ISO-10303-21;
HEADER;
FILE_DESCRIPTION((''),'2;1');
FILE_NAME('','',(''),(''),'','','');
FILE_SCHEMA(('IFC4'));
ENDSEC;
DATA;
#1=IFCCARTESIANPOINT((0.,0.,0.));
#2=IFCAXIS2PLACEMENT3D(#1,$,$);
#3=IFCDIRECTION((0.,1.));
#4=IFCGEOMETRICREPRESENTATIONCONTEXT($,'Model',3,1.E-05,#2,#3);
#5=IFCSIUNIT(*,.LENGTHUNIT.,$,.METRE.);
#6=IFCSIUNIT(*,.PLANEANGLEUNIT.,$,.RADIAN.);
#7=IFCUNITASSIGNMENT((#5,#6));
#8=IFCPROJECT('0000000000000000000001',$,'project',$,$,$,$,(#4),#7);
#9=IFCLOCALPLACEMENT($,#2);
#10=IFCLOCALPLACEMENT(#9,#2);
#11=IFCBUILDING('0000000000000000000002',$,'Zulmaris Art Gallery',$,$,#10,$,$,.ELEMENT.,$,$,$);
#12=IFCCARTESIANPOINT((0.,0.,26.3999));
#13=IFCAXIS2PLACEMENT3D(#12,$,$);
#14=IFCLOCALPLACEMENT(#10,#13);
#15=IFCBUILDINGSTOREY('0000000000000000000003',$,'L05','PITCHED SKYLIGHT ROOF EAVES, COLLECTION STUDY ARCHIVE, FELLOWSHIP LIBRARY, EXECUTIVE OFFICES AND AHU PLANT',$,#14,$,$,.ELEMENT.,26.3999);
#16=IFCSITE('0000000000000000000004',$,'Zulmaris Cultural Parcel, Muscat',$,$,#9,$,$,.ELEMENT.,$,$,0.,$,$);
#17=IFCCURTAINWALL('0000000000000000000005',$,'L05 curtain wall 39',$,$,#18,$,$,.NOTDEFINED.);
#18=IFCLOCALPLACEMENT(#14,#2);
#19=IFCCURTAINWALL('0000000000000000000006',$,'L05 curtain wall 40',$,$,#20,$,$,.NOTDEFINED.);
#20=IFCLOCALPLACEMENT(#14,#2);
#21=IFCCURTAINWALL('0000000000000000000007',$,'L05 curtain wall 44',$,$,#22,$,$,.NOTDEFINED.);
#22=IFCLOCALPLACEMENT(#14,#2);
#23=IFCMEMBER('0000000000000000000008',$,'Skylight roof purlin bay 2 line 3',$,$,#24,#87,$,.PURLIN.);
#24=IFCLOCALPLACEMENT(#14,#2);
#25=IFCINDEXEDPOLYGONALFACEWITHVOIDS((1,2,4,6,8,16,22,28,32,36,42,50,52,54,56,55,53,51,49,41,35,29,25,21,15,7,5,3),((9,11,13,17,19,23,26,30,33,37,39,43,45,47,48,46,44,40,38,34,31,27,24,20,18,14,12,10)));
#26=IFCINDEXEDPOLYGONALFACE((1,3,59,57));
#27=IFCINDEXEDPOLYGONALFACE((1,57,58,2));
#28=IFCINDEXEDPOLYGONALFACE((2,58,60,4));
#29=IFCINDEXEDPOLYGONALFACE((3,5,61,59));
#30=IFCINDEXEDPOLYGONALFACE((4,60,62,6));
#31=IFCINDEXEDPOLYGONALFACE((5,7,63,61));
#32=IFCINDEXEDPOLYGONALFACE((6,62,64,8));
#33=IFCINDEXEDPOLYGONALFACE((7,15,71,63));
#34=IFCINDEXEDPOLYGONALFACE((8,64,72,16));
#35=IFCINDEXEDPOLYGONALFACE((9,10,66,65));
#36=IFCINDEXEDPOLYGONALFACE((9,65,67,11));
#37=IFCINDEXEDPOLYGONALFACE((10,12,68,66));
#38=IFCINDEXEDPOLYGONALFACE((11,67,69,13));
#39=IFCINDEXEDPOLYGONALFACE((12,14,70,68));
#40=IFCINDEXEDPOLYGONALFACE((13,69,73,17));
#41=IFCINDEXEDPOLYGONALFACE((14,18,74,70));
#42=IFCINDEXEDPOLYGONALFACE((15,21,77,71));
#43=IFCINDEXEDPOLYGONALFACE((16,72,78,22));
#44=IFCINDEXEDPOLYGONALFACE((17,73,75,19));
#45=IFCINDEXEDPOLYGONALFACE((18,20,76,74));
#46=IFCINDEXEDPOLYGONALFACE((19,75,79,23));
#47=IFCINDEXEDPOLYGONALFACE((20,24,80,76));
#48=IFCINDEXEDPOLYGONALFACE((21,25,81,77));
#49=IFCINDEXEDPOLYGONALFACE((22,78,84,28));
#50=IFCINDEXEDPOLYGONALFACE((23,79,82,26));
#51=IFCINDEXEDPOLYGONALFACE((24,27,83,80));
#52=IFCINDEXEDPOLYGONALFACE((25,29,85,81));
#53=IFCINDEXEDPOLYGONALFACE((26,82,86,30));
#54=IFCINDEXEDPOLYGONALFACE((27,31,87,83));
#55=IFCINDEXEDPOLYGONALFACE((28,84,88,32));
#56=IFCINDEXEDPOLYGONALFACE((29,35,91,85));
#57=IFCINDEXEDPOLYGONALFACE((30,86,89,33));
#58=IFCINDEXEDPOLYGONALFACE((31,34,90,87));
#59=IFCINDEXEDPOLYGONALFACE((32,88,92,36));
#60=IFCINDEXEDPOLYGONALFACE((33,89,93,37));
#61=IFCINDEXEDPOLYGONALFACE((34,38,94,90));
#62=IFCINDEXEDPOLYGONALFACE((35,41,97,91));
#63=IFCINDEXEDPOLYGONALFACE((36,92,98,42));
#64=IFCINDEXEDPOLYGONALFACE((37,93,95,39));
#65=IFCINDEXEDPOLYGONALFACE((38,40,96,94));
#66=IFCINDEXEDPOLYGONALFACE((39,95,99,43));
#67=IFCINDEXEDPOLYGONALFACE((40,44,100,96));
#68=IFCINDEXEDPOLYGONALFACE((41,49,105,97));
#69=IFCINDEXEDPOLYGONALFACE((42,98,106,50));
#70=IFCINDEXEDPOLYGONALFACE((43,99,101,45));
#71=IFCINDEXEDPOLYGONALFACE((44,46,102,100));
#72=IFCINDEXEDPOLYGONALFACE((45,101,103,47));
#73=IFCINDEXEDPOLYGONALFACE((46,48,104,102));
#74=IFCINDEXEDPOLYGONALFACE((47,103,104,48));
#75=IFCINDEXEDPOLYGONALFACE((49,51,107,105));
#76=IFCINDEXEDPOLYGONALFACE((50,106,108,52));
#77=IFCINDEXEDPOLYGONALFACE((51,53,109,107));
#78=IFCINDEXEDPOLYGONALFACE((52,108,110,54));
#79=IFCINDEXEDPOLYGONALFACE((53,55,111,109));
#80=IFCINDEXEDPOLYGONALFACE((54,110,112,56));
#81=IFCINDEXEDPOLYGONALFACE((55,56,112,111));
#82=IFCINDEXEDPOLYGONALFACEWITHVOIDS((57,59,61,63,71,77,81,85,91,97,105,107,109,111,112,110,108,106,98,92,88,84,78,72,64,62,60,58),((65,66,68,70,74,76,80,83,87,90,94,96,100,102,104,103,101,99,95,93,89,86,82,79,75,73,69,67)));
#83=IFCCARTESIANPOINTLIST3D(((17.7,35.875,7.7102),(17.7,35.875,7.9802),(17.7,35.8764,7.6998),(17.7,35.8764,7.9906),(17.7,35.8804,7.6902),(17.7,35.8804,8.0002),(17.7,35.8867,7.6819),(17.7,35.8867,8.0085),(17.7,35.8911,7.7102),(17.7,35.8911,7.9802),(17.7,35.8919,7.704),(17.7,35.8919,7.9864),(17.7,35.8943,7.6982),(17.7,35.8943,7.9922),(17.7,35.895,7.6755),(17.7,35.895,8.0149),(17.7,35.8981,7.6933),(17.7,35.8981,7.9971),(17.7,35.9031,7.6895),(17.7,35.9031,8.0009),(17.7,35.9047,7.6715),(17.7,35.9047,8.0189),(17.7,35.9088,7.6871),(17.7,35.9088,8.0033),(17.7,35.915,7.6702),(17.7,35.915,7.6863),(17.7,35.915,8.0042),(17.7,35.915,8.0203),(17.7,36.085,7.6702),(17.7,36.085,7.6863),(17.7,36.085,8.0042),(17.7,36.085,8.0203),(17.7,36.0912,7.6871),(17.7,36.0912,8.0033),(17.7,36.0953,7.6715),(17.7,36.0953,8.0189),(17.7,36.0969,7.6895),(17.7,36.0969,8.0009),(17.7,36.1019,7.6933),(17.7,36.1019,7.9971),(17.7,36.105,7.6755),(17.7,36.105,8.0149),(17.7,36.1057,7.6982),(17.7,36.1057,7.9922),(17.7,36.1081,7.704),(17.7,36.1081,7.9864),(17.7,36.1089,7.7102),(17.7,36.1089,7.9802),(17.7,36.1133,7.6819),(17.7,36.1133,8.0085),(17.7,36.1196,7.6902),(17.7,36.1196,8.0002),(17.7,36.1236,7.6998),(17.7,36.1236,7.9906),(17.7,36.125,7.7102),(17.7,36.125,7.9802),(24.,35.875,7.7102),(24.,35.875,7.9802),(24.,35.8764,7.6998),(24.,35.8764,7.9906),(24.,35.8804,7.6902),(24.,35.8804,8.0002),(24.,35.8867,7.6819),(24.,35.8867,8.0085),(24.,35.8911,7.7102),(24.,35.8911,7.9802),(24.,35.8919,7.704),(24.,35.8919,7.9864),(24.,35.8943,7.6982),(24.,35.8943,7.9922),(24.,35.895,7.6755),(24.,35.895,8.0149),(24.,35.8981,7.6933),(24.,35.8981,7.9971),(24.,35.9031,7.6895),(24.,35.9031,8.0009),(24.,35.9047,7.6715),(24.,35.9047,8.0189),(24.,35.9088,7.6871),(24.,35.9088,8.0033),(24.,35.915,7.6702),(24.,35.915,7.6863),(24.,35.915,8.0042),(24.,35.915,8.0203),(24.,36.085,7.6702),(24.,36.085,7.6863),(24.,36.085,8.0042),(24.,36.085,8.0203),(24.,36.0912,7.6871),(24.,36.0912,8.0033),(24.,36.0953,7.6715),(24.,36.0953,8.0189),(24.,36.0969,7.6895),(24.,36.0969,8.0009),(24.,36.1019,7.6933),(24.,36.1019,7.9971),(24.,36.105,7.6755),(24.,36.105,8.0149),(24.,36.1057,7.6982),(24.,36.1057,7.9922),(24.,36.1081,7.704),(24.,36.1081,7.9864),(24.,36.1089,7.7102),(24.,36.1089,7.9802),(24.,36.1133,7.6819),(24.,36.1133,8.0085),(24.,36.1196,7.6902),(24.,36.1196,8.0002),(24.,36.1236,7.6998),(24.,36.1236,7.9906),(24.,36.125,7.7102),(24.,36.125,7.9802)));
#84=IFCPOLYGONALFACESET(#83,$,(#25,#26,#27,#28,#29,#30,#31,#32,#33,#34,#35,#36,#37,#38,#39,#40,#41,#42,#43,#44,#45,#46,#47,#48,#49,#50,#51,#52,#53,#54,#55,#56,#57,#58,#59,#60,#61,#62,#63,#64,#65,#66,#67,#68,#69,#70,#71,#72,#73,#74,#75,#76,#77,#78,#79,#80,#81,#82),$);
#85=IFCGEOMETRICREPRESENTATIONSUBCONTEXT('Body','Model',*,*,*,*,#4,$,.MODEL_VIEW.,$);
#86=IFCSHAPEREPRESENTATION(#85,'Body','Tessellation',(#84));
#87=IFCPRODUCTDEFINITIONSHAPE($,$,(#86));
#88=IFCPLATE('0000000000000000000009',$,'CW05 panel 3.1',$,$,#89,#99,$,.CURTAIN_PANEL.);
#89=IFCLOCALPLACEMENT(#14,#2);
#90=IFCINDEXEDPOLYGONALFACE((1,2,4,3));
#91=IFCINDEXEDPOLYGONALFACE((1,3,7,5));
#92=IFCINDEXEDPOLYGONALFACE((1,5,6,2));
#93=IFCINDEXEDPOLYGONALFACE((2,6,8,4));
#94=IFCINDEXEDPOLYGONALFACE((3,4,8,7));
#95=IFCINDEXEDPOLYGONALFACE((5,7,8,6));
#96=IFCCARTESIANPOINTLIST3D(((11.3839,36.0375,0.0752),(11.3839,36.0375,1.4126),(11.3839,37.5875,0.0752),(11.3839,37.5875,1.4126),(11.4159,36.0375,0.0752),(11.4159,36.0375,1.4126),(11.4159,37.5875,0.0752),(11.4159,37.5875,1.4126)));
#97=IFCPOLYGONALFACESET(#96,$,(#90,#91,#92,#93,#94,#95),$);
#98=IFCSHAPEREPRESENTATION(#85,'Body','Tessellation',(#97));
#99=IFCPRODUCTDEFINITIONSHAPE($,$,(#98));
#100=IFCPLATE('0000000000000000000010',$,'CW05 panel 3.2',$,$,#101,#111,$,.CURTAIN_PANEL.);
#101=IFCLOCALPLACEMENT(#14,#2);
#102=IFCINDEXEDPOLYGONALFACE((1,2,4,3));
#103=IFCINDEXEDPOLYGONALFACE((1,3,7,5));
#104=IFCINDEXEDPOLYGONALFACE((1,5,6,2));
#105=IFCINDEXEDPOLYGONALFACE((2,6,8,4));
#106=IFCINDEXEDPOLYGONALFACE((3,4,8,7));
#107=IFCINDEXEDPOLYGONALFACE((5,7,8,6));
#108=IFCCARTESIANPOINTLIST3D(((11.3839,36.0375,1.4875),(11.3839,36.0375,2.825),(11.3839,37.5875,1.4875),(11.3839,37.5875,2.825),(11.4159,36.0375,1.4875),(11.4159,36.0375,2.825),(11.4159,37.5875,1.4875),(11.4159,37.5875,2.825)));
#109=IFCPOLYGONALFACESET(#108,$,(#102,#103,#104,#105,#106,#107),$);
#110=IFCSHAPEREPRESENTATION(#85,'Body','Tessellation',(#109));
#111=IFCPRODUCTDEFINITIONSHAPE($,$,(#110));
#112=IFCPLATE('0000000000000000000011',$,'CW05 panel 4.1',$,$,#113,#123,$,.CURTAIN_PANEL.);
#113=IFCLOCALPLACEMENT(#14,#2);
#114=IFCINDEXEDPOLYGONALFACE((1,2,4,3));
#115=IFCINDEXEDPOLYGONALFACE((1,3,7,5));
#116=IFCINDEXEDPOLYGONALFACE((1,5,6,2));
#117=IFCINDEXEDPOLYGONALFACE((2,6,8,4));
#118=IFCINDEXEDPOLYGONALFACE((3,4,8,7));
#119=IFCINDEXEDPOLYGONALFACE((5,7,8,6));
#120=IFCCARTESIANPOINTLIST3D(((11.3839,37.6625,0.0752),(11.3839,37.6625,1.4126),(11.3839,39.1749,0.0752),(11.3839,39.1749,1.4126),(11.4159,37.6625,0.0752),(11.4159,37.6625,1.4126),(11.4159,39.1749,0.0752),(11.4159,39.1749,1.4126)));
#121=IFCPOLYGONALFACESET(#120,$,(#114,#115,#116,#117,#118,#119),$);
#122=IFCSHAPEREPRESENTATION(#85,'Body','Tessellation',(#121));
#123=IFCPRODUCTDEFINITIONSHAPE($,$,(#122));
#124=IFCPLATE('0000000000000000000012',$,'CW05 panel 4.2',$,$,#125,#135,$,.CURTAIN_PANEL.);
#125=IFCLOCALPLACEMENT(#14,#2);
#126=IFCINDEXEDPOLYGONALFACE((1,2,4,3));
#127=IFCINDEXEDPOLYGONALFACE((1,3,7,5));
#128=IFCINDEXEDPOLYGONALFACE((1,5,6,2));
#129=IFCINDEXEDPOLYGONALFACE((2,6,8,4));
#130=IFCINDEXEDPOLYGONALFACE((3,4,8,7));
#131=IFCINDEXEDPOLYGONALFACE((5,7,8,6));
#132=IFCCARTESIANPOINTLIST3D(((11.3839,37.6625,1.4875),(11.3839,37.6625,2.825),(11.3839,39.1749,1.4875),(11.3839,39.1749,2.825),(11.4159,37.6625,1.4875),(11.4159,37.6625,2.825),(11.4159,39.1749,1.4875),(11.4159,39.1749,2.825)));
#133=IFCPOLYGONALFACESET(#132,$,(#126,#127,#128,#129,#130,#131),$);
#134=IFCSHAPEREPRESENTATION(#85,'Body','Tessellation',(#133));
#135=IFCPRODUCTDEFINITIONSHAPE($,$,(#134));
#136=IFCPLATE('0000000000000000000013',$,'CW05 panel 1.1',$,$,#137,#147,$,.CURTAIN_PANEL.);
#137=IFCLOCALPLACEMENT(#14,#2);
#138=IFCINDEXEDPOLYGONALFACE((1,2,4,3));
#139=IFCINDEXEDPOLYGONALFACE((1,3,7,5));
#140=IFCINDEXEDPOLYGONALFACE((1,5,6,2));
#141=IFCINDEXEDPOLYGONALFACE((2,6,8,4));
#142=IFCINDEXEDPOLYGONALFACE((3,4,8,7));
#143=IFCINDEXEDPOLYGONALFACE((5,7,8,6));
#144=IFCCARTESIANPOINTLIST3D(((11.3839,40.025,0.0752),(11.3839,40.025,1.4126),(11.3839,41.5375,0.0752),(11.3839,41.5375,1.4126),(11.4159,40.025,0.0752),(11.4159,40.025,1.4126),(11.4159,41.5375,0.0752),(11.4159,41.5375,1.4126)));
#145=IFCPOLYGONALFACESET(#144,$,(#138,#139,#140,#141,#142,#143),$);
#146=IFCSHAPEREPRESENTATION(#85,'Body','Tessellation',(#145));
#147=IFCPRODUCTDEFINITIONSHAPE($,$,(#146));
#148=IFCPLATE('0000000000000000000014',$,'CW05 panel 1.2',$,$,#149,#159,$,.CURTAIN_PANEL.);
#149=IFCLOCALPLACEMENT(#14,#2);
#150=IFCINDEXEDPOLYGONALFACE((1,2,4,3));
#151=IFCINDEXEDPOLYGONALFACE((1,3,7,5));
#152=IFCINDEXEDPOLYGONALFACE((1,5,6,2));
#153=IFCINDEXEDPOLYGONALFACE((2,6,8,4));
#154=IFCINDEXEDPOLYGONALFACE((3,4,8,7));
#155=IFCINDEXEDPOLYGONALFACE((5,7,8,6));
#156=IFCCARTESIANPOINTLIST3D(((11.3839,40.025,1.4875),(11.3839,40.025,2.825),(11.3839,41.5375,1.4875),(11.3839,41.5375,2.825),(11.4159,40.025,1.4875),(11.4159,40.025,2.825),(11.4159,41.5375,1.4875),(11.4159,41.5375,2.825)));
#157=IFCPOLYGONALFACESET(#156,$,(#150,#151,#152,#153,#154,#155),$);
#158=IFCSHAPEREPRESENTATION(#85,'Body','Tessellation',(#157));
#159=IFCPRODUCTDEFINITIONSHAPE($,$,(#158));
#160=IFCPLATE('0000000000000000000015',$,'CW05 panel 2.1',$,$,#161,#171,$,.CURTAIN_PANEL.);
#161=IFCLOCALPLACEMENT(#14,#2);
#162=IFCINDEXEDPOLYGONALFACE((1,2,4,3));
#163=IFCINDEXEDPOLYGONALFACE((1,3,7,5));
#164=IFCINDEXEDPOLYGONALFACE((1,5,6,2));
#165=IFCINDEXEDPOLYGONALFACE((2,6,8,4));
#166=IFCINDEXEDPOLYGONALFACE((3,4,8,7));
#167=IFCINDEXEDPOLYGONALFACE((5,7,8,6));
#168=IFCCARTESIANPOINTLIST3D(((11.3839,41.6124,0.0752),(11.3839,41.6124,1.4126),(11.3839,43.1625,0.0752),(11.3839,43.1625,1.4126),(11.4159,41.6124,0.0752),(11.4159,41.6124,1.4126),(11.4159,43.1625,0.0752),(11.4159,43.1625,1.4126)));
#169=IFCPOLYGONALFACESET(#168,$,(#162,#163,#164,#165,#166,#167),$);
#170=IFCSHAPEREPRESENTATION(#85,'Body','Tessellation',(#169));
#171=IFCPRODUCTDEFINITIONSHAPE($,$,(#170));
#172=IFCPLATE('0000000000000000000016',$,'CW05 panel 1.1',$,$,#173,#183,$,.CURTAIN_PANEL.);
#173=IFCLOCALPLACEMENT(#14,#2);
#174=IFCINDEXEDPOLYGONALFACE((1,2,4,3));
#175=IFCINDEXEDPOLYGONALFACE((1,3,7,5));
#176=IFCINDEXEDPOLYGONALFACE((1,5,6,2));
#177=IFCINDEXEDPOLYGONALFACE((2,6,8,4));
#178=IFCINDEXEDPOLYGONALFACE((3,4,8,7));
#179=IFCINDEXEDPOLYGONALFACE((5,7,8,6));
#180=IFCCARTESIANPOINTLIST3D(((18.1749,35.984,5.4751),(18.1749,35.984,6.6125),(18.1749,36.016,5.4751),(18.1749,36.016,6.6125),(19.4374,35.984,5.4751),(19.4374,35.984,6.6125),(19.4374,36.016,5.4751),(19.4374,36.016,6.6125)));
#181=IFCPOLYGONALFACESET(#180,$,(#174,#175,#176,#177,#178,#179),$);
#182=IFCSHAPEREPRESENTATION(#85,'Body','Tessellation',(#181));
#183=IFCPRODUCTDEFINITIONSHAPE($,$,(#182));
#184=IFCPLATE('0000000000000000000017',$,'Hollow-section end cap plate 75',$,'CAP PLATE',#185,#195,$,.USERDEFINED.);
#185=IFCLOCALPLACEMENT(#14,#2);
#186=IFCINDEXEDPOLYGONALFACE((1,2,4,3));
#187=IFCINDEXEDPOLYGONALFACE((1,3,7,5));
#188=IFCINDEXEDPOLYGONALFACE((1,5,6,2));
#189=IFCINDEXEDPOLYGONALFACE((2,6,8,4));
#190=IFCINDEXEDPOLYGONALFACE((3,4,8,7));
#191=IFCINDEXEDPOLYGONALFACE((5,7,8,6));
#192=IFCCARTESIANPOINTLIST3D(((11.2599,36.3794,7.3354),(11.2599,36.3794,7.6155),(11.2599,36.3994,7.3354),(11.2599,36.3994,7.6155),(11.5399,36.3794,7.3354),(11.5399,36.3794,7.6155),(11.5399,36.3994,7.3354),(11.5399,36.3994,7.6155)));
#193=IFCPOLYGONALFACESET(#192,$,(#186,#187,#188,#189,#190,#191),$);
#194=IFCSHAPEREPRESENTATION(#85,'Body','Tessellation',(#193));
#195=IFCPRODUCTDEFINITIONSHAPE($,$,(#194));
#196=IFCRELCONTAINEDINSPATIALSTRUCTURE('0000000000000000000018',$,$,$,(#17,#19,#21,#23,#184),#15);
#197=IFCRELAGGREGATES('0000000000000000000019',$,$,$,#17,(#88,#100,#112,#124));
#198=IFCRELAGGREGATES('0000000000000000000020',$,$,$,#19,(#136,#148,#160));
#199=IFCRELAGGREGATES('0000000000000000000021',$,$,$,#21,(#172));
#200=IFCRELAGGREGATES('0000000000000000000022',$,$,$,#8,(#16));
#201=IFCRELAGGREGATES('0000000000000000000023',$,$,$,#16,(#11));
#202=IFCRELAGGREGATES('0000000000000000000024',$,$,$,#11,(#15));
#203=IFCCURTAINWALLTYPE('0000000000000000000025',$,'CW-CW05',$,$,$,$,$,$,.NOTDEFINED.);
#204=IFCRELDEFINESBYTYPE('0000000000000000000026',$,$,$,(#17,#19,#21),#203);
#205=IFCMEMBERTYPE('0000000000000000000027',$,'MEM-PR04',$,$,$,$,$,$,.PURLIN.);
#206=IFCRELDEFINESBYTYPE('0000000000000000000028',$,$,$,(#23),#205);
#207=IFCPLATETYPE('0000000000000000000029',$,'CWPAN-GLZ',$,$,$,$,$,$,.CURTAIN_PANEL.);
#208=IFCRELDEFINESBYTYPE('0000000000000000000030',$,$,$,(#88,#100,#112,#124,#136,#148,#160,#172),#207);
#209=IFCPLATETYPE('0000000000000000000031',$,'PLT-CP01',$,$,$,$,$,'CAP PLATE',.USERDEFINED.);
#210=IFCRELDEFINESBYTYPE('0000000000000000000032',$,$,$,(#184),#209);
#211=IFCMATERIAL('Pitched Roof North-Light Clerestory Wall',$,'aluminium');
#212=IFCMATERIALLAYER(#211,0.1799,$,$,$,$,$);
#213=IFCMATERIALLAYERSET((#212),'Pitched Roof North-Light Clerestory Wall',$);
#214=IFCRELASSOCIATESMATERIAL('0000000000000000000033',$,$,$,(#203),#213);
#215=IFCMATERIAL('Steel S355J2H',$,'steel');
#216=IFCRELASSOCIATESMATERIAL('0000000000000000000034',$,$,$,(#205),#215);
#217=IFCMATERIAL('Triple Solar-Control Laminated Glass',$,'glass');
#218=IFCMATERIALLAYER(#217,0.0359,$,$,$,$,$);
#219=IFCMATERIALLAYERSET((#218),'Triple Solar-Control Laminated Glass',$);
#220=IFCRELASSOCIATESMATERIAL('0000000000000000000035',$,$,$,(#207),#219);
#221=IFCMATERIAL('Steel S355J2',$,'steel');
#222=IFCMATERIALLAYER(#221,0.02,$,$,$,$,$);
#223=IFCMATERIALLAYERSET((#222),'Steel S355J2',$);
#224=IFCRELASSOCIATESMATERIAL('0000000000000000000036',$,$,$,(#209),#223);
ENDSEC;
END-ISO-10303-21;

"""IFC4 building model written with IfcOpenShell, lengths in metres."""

from ifc_helpers import new_model, si_unit, direction, frame, origin, origin_2d, place, context, subcontext, project, spatial, rectangle, hollow_rectangle, extrude, material, layer, layer_set, material_profile, profile_set, type_object, element, aggregate, save


model = new_model("IFC4")

# Units and contexts
model_context = context("Model", 3, precision=1e-05, world=origin(), true_north=direction((0.0, 1.0)))
body_context = subcontext(model_context, "Body", "Model", "MODEL_VIEW")
ifc_project = project(units=[si_unit("LENGTHUNIT", "METRE"), si_unit("PLANEANGLEUNIT", "RADIAN")], contexts=[model_context])

# Site, building, storey
site_placement = place(None, origin())
site = spatial("IfcSite", under=ifc_project, at=site_placement, Name="Zulmaris Cultural Parcel, Muscat", CompositionType="ELEMENT", RefElevation=0.0)
building_placement = place(site_placement, origin())
building = spatial("IfcBuilding", under=site, at=building_placement, Name="Zulmaris Art Gallery", CompositionType="ELEMENT")
storey_placement = place(building_placement, frame((0.0, 0.0, 26.3999)))
storey = spatial("IfcBuildingStorey", under=building, at=storey_placement, Name="L05", Description="PITCHED SKYLIGHT ROOF EAVES, COLLECTION STUDY ARCHIVE, FELLOWSHIP LIBRARY, EXECUTIVE OFFICES AND AHU PLANT", CompositionType="ELEMENT", Elevation=26.3999)

# Curtain walls
ifc_material_1 = material(Name="Pitched Roof North-Light Clerestory Wall", Category="aluminium")
ifc_layer_1 = layer(ifc_material_1, 0.1799)
ifc_layer_set_1 = layer_set([ifc_layer_1], Name="Pitched Roof North-Light Clerestory Wall")
curtain_wall_type = type_object("IfcCurtainWallType", Name="CW-CW05", PredefinedType="NOTDEFINED", material=ifc_layer_set_1)
curtain_wall_1_placement = place(storey_placement, origin())
curtain_wall_1 = element("IfcCurtainWall", 1, at=curtain_wall_1_placement, inside=storey, type_object=curtain_wall_type, Name="L05 curtain wall 39", PredefinedType="NOTDEFINED")
curtain_wall_2_placement = place(storey_placement, origin())
curtain_wall_2 = element("IfcCurtainWall", 2, at=curtain_wall_2_placement, inside=storey, type_object=curtain_wall_type, Name="L05 curtain wall 40", PredefinedType="NOTDEFINED")

# Curtain wall
curtain_wall_3_placement = place(storey_placement, origin())
curtain_wall_3 = element("IfcCurtainWall", 3, at=curtain_wall_3_placement, inside=storey, type_object=curtain_wall_type, Name="L05 curtain wall 44", PredefinedType="NOTDEFINED")

# Member
ifc_material_2 = material(Name="Steel S355J2H", Category="steel")
ifc_material_profile_1 = material_profile(ifc_material_2, hollow_rectangle(XDim=0.25, YDim=0.3501, WallThickness=0.0161, InnerFilletRadius=0.0239, OuterFilletRadius=0.04, at=origin_2d()), Name="RHS 350x250x16")
ifc_profile_set_1 = profile_set([ifc_material_profile_1], Name="Steel S355J2H")
member_type_1 = type_object("IfcMemberType", Name="MEM-PR04", PredefinedType="PURLIN", material=ifc_profile_set_1)
member_1_placement = place(storey_placement, frame((17.7, 36.0, 7.8452), z_axis=(1.0, 0.0, 0.0), x_axis=(0.0, 1.0, 0.0)))
element("IfcMember", 4, at=member_1_placement, inside=storey, type_object=member_type_1, Name="Skylight roof purlin bay 2 line 3", PredefinedType="PURLIN", context=body_context, shape_type="SweptSolid", body=[
    extrude(hollow_rectangle(XDim=0.25, YDim=0.3501, WallThickness=0.0161, InnerFilletRadius=0.0239, OuterFilletRadius=0.04, at=origin_2d()), origin(), (0.0, 0.0, 1.0), 6.3),
])

# Plates
ifc_material_3 = material(Name="Triple Solar-Control Laminated Glass", Category="glass")
ifc_layer_2 = layer(ifc_material_3, 0.0359)
ifc_layer_set_2 = layer_set([ifc_layer_2], Name="Triple Solar-Control Laminated Glass")
plate_type_1 = type_object("IfcPlateType", Name="CWPAN-GLZ", PredefinedType="CURTAIN_PANEL", material=ifc_layer_set_2)
plate_1_placement = place(storey_placement, frame((11.3999, 36.8125, 0.0752), z_axis=(0.0, 0.0, 1.0), x_axis=(0.0, 1.0, 0.0)))
plate_1 = element("IfcPlate", 5, at=plate_1_placement, type_object=plate_type_1, Name="CW05 panel 3.1", PredefinedType="CURTAIN_PANEL", context=body_context, shape_type="SweptSolid", body=[
    extrude(rectangle(XDim=1.55, YDim=0.032, at=origin_2d()), origin(), (0.0, 0.0, 1.0), 1.3374),
])
plate_2_placement = place(storey_placement, frame((11.3999, 36.8125, 1.4875), z_axis=(0.0, 0.0, 1.0), x_axis=(0.0, 1.0, 0.0)))
plate_2 = element("IfcPlate", 6, at=plate_2_placement, type_object=plate_type_1, Name="CW05 panel 3.2", PredefinedType="CURTAIN_PANEL", context=body_context, shape_type="SweptSolid", body=[
    extrude(rectangle(XDim=1.55, YDim=0.032, at=origin_2d()), origin(), (0.0, 0.0, 1.0), 1.3374),
])
plate_3_placement = place(storey_placement, frame((11.3999, 38.4187, 0.0752), z_axis=(0.0, 0.0, 1.0), x_axis=(0.0, 1.0, 0.0)))
plate_3 = element("IfcPlate", 7, at=plate_3_placement, type_object=plate_type_1, Name="CW05 panel 4.1", PredefinedType="CURTAIN_PANEL", context=body_context, shape_type="SweptSolid", body=[
    extrude(rectangle(XDim=1.5125, YDim=0.032, at=origin_2d()), origin(), (0.0, 0.0, 1.0), 1.3374),
])
plate_4_placement = place(storey_placement, frame((11.3999, 38.4187, 1.4875), z_axis=(0.0, 0.0, 1.0), x_axis=(0.0, 1.0, 0.0)))
plate_4 = element("IfcPlate", 8, at=plate_4_placement, type_object=plate_type_1, Name="CW05 panel 4.2", PredefinedType="CURTAIN_PANEL", context=body_context, shape_type="SweptSolid", body=[
    extrude(rectangle(XDim=1.5125, YDim=0.032, at=origin_2d()), origin(), (0.0, 0.0, 1.0), 1.3374),
])
aggregate(curtain_wall_1, [plate_1, plate_2, plate_3, plate_4])
plate_5_placement = place(storey_placement, frame((11.3999, 40.7812, 0.0752), z_axis=(0.0, 0.0, 1.0), x_axis=(0.0, 1.0, 0.0)))
plate_5 = element("IfcPlate", 9, at=plate_5_placement, type_object=plate_type_1, Name="CW05 panel 1.1", PredefinedType="CURTAIN_PANEL", context=body_context, shape_type="SweptSolid", body=[
    extrude(rectangle(XDim=1.5125, YDim=0.032, at=origin_2d()), origin(), (0.0, 0.0, 1.0), 1.3374),
])
plate_6_placement = place(storey_placement, frame((11.3999, 40.7812, 1.4875), z_axis=(0.0, 0.0, 1.0), x_axis=(0.0, 1.0, 0.0)))
plate_6 = element("IfcPlate", 10, at=plate_6_placement, type_object=plate_type_1, Name="CW05 panel 1.2", PredefinedType="CURTAIN_PANEL", context=body_context, shape_type="SweptSolid", body=[
    extrude(rectangle(XDim=1.5125, YDim=0.032, at=origin_2d()), origin(), (0.0, 0.0, 1.0), 1.3374),
])
plate_7_placement = place(storey_placement, frame((11.3999, 42.3875, 0.0752), z_axis=(0.0, 0.0, 1.0), x_axis=(0.0, 1.0, 0.0)))
plate_7 = element("IfcPlate", 11, at=plate_7_placement, type_object=plate_type_1, Name="CW05 panel 2.1", PredefinedType="CURTAIN_PANEL", context=body_context, shape_type="SweptSolid", body=[
    extrude(rectangle(XDim=1.55, YDim=0.032, at=origin_2d()), origin(), (0.0, 0.0, 1.0), 1.3374),
])
aggregate(curtain_wall_2, [plate_5, plate_6, plate_7])
plate_8_placement = place(storey_placement, frame((18.8062, 36.0, 5.4751), z_axis=(0.0, 0.0, 1.0), x_axis=(1.0, 0.0, 0.0)))
plate_8 = element("IfcPlate", 12, at=plate_8_placement, type_object=plate_type_1, Name="CW05 panel 1.1", PredefinedType="CURTAIN_PANEL", context=body_context, shape_type="SweptSolid", body=[
    extrude(rectangle(XDim=1.2625, YDim=0.032, at=origin_2d()), origin(), (0.0, 0.0, 1.0), 1.1375),
])
aggregate(curtain_wall_3, [plate_8])

# Plate
ifc_material_4 = material(Name="Steel S355J2", Category="steel")
ifc_layer_3 = layer(ifc_material_4, 0.02)
ifc_layer_set_3 = layer_set([ifc_layer_3], Name="Steel S355J2")
plate_type_2 = type_object("IfcPlateType", Name="PLT-CP01", ElementType="CAP PLATE", PredefinedType="USERDEFINED", material=ifc_layer_set_3)
for number, where, z_axis, x_axis, name in (
    (13, (11.3999, 36.3894, 7.3354), (0.0, 0.0, 1.0), (1.0, 0.0, 0.0), "Hollow-section end cap plate 75"),
):
    element("IfcPlate", number, at=place(storey_placement, frame(where, z_axis=z_axis, x_axis=x_axis)), inside=storey, type_object=plate_type_2, Name=name, ObjectType="CAP PLATE", PredefinedType="USERDEFINED", context=body_context, shape_type="SweptSolid", body=[
        extrude(rectangle(XDim=0.28, YDim=0.02, at=origin_2d()), origin(), (0.0, 0.0, 1.0), 0.28),
    ])

save(model, "model.ifc")
